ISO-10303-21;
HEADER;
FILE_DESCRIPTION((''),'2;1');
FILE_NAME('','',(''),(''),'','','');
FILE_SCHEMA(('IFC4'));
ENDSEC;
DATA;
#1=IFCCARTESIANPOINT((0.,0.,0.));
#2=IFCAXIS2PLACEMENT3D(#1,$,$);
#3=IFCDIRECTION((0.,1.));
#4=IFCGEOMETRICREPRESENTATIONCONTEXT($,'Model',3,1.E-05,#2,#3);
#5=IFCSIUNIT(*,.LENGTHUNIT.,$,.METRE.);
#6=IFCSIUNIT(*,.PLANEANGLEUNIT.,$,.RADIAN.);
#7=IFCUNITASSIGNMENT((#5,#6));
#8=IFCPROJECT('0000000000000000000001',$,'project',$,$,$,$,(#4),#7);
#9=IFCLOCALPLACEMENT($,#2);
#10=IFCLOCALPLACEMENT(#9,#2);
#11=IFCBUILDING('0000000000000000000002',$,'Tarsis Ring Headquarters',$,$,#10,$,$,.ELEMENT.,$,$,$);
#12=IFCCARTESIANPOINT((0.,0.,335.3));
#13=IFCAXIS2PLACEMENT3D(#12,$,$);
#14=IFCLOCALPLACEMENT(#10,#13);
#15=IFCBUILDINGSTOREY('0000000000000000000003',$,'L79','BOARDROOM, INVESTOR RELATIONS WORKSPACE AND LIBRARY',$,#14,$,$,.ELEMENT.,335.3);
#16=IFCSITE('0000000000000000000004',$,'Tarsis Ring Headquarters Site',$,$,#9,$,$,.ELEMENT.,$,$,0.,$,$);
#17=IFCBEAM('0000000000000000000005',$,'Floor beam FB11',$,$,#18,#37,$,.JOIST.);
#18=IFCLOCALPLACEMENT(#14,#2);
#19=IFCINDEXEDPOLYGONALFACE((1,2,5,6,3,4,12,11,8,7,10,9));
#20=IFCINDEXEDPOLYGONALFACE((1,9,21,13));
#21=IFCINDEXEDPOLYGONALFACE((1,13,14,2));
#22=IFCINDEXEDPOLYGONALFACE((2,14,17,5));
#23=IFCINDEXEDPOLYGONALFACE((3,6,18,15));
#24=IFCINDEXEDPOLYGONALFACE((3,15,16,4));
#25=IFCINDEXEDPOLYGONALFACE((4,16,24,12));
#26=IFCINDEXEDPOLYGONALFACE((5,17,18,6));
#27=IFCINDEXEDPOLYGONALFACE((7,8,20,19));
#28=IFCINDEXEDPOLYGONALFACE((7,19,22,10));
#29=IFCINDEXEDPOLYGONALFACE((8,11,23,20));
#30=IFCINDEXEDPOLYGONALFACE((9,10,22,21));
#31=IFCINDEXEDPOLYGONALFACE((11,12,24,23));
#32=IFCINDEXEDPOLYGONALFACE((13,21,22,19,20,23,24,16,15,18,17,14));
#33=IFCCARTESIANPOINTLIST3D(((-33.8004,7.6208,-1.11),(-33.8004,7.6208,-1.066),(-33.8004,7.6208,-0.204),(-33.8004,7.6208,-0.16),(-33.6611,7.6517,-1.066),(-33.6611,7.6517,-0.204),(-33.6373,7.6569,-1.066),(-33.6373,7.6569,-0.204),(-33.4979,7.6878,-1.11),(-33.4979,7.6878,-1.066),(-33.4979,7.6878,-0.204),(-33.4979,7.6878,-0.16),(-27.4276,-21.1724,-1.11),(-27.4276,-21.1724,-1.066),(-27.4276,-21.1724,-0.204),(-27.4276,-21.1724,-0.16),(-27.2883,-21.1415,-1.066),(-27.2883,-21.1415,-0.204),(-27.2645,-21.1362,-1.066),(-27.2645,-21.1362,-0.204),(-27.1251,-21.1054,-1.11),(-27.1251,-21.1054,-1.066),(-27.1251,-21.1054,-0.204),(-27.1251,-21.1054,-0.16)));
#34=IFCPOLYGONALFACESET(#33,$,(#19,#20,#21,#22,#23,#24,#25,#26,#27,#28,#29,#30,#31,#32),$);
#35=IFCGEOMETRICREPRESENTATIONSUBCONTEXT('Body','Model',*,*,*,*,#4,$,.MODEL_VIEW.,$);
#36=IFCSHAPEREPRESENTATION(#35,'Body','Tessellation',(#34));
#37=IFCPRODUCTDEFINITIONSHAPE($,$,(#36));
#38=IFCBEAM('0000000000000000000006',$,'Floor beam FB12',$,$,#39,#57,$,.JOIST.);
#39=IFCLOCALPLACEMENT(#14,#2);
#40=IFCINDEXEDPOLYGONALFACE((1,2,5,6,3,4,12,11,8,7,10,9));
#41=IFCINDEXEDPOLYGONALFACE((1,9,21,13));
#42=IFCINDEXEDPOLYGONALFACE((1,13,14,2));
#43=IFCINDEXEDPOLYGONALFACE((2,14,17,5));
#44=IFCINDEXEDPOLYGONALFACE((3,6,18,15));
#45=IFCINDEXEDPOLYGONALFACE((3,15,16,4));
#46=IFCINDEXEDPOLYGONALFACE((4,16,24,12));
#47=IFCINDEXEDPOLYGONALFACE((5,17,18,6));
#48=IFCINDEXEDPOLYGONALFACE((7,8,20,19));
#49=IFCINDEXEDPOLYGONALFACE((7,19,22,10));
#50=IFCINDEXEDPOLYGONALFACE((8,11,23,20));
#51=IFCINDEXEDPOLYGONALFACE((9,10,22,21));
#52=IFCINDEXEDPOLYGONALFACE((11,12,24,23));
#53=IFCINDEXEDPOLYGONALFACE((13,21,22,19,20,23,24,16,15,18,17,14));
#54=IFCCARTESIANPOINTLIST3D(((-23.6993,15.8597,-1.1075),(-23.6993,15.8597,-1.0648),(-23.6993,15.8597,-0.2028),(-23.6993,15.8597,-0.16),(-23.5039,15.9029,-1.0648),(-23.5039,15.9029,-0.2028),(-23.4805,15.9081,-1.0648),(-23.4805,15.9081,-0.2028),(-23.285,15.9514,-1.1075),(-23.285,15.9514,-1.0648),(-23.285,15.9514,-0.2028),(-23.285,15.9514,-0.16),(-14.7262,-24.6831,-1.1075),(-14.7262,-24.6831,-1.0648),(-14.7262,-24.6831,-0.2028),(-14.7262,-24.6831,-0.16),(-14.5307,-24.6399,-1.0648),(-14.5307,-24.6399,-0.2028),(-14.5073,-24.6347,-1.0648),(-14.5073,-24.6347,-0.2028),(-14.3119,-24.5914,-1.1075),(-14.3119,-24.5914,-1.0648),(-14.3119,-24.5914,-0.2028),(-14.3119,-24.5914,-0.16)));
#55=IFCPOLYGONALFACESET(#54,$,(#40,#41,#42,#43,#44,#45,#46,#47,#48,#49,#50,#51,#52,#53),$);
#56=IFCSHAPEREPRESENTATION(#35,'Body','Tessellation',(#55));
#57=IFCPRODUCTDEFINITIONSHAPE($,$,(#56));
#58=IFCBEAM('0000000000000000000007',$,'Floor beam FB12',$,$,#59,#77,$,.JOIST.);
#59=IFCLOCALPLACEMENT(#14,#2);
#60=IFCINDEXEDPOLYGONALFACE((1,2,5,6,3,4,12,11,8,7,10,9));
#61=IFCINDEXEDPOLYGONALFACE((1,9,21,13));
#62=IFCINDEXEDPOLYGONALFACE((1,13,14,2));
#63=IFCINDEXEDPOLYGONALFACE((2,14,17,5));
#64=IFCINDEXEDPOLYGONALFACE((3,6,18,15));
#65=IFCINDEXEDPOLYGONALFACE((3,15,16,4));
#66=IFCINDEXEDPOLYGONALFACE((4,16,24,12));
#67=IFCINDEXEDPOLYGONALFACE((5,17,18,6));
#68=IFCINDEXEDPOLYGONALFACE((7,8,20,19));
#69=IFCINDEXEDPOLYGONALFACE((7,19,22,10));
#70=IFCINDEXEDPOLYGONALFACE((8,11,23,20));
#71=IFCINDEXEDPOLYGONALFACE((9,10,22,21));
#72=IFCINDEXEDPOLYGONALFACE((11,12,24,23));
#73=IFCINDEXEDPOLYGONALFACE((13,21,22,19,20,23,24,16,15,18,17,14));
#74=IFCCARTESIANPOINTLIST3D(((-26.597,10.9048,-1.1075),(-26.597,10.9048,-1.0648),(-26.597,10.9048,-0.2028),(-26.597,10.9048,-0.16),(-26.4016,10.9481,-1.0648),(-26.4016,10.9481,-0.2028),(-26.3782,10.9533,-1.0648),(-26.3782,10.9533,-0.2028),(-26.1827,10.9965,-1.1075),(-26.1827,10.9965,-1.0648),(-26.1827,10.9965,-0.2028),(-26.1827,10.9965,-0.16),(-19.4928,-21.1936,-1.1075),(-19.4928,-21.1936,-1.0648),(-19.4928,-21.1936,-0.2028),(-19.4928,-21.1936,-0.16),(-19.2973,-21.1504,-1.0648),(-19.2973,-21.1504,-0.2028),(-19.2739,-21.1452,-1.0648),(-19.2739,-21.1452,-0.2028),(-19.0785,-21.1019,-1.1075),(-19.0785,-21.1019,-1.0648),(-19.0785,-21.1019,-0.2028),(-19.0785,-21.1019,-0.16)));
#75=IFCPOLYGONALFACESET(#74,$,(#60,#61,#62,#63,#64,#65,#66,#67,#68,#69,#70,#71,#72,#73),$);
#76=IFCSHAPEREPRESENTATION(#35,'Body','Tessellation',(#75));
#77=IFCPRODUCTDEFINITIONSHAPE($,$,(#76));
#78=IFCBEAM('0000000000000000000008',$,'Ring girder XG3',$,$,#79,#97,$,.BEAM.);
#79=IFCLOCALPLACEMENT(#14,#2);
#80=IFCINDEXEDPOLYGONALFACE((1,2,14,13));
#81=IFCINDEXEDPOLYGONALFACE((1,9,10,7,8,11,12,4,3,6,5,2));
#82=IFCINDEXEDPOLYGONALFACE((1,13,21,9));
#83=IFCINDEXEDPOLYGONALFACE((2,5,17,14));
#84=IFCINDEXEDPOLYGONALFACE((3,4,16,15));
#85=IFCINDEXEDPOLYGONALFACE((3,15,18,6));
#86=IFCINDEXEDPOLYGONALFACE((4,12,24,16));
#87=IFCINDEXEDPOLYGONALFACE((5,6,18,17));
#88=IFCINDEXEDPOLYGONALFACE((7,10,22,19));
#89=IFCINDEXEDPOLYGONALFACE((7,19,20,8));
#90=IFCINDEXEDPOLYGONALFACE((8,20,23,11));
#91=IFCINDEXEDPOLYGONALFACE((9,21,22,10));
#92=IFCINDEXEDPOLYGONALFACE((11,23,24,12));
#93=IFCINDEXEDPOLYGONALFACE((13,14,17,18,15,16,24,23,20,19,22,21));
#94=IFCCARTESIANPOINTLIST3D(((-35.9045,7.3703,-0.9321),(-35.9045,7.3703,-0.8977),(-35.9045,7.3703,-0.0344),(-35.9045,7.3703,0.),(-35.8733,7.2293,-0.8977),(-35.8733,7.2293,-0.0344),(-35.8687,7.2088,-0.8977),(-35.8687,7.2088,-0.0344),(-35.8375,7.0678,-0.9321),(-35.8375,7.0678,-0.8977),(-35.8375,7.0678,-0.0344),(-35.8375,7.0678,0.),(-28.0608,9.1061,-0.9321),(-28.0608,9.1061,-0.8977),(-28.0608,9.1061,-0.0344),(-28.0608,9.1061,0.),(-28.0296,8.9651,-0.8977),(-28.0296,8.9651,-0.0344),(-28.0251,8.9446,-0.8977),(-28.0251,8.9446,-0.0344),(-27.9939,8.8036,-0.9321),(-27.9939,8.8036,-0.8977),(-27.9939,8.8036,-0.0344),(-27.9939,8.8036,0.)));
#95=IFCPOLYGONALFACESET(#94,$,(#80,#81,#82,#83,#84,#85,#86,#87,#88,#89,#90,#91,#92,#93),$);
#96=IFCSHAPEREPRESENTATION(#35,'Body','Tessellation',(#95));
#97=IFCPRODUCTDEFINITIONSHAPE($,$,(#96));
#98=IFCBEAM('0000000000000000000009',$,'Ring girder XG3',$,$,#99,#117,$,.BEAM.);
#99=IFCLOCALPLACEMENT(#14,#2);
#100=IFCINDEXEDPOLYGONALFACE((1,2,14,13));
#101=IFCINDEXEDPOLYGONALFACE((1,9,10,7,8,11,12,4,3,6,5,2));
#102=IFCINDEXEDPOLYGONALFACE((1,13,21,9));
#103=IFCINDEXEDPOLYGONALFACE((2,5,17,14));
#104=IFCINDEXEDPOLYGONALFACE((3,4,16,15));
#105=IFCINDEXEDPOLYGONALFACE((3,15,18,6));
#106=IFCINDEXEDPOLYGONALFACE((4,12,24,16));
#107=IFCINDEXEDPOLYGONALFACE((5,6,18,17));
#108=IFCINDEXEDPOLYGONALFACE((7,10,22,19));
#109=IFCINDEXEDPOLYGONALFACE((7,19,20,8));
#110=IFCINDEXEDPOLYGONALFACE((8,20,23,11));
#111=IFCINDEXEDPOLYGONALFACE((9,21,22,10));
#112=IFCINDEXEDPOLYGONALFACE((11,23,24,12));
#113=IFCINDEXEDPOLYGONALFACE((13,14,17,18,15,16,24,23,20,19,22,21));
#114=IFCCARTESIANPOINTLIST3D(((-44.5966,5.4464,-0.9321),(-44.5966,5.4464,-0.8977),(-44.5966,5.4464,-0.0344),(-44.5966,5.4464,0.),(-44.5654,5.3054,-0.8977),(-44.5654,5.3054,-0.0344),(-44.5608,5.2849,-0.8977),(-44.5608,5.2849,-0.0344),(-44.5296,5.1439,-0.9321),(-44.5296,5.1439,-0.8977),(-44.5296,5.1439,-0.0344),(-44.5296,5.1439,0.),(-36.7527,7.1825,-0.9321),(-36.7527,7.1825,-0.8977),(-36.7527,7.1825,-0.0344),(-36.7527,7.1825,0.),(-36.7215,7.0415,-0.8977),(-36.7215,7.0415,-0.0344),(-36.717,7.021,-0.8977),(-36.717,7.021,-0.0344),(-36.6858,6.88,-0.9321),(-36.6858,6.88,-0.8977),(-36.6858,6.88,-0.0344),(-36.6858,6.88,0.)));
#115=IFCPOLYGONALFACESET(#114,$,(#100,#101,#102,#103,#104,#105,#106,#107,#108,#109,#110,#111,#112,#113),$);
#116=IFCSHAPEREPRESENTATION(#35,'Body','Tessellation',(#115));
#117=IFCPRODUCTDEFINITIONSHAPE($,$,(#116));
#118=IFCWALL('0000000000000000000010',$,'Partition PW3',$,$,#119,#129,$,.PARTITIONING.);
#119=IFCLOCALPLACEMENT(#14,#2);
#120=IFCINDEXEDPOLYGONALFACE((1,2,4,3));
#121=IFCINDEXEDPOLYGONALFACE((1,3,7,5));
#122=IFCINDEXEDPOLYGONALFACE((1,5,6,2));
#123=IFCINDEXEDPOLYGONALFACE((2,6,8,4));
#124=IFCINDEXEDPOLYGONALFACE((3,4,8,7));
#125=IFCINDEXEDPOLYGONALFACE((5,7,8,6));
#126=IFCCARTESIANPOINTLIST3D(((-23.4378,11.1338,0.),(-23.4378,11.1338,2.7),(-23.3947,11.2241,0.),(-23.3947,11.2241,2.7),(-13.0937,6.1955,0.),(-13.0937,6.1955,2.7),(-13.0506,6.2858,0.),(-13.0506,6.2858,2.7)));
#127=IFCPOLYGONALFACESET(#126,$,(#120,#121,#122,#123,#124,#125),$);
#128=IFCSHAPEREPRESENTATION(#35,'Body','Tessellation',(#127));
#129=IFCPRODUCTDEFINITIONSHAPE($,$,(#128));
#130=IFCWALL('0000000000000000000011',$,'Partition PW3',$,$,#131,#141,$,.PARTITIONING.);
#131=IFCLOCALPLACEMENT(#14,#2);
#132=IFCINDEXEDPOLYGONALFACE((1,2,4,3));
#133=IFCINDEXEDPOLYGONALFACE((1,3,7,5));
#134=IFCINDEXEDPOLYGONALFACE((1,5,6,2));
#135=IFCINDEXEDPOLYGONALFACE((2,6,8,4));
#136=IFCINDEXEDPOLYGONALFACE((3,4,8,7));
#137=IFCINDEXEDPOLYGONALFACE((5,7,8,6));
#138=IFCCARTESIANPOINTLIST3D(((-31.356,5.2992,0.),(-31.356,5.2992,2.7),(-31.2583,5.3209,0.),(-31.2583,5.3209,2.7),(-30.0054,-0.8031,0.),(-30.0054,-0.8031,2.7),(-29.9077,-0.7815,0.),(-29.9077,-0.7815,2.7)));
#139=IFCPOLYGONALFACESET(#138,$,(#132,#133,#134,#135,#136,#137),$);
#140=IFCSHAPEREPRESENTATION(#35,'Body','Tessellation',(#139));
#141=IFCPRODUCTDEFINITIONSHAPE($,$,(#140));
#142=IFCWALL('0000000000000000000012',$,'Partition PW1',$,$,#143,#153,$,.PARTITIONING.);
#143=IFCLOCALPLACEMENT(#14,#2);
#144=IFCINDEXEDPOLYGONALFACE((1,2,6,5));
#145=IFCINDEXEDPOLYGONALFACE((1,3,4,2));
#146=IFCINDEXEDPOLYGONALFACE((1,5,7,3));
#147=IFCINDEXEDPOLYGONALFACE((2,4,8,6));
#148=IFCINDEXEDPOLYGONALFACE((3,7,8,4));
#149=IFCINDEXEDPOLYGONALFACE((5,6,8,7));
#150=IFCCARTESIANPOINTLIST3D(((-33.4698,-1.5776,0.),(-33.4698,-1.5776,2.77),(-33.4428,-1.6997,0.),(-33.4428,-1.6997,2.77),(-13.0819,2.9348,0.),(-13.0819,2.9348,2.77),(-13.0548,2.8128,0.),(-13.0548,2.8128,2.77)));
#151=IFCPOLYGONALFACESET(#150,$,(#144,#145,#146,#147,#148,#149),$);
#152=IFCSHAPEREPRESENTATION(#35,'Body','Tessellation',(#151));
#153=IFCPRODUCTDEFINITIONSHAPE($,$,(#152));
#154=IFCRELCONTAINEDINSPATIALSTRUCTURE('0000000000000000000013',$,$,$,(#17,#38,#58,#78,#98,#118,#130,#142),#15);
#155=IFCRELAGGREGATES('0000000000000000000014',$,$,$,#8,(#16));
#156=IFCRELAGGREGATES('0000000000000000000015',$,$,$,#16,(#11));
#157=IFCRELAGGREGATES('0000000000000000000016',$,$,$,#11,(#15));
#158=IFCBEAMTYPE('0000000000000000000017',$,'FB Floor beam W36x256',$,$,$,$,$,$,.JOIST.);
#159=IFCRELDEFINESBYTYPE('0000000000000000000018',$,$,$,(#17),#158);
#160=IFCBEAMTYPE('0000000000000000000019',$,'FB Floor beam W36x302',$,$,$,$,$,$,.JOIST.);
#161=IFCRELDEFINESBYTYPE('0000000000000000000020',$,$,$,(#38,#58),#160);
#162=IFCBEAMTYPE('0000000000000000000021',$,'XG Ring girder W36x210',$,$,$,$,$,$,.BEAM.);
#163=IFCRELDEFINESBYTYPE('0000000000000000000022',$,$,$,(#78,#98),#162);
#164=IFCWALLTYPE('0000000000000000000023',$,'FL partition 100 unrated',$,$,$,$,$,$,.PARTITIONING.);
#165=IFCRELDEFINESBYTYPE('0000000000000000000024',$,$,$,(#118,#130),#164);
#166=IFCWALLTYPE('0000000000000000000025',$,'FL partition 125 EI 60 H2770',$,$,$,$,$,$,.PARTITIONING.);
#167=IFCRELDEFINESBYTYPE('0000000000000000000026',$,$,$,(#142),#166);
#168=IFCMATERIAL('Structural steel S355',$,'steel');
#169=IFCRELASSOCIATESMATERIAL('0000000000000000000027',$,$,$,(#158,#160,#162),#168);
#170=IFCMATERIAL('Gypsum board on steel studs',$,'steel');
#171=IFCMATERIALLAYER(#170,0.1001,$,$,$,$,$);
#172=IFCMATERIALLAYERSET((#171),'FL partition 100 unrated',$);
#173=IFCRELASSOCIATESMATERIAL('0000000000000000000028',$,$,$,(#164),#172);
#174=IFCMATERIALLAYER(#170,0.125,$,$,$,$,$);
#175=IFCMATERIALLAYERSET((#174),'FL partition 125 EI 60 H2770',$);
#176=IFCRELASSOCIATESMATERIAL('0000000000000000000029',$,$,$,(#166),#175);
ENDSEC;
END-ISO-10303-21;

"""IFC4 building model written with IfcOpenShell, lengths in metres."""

from ifc_helpers import new_model, si_unit, direction, frame, frame_2d, origin, origin_2d, place, context, subcontext, project, spatial, rectangle, i_section, extrude, material, layer, layer_set, material_profile, profile_set, type_object, element, save


model = new_model("IFC4")

# Units and contexts
model_context = context("Model", 3, precision=1e-05, world=origin(), true_north=direction((0.0, 1.0)))
body_context = subcontext(model_context, "Body", "Model", "MODEL_VIEW")
ifc_project = project(units=[si_unit("LENGTHUNIT", "METRE"), si_unit("PLANEANGLEUNIT", "RADIAN")], contexts=[model_context])

# Site, building, storey
site_placement = place(None, origin())
site = spatial("IfcSite", under=ifc_project, at=site_placement, Name="Tarsis Ring Headquarters Site", CompositionType="ELEMENT", RefElevation=0.0)
building_placement = place(site_placement, origin())
building = spatial("IfcBuilding", under=site, at=building_placement, Name="Tarsis Ring Headquarters", CompositionType="ELEMENT")
storey_placement = place(building_placement, frame((0.0, 0.0, 335.3)))
storey = spatial("IfcBuildingStorey", under=building, at=storey_placement, Name="L79", Description="BOARDROOM, INVESTOR RELATIONS WORKSPACE AND LIBRARY", CompositionType="ELEMENT", Elevation=335.3)

# Shared definitions
ifc_material_1 = material(Name="Structural steel S355", Category="steel")

# Beams
ifc_material_profile_1 = material_profile(ifc_material_1, i_section(OverallWidth=0.3098, OverallDepth=0.95, WebThickness=0.0244, FlangeThickness=0.0439, at=origin_2d()), Name="W36x256")
ifc_profile_set_1 = profile_set([ifc_material_profile_1], Name="Structural steel S355")
beam_type_1 = type_object("IfcBeamType", Name="FB Floor beam W36x256", PredefinedType="JOIST", material=ifc_profile_set_1)
for number, where, z_axis, x_axis, name in (
    (1, (-33.6492, 7.6543, -0.635), (0.2161, -0.976371, 0.0), (0.976371, 0.2161, 0.0), "Floor beam FB11"),
):
    element("IfcBeam", number, at=place(storey_placement, frame(where, z_axis=z_axis, x_axis=x_axis)), inside=storey, type_object=beam_type_1, Name=name, PredefinedType="JOIST", context=body_context, shape_type="SweptSolid", body=[
        extrude(i_section(OverallWidth=0.3098, OverallDepth=0.95, WebThickness=0.0244, FlangeThickness=0.0439, at=origin_2d()), origin(), (0.0, 0.0, 1.0), 29.49),
    ])
ifc_material_profile_2 = material_profile(ifc_material_1, i_section(OverallWidth=0.4243, OverallDepth=0.9475, WebThickness=0.0239, FlangeThickness=0.0427, at=origin_2d()), Name="W36x302")
ifc_profile_set_2 = profile_set([ifc_material_profile_2], Name="Structural steel S355")
beam_type_2 = type_object("IfcBeamType", Name="FB Floor beam W36x302", PredefinedType="JOIST", material=ifc_profile_set_2)
beam_1_placement = place(storey_placement, frame((-23.4922, 15.9055, -0.6338), z_axis=(0.216096, -0.976372, 0.0), x_axis=(0.976372, 0.216096, 0.0)))
element("IfcBeam", 2, at=beam_1_placement, inside=storey, type_object=beam_type_2, Name="Floor beam FB12", PredefinedType="JOIST", context=body_context, shape_type="SweptSolid", body=[
    extrude(i_section(OverallWidth=0.4243, OverallDepth=0.9475, WebThickness=0.0239, FlangeThickness=0.0427, at=origin_2d()), origin(), (0.0, 0.0, 1.0), 41.5239),
])
beam_2_placement = place(storey_placement, frame((-26.3899, 10.9507, -0.6338), z_axis=(0.216098, -0.976372, 0.0), x_axis=(0.976372, 0.216098, 0.0)))
element("IfcBeam", 3, at=beam_2_placement, inside=storey, type_object=beam_type_2, Name="Floor beam FB12", PredefinedType="JOIST", context=body_context, shape_type="SweptSolid", body=[
    extrude(i_section(OverallWidth=0.4243, OverallDepth=0.9475, WebThickness=0.0239, FlangeThickness=0.0427, at=origin_2d()), origin(), (0.0, 0.0, 1.0), 32.8752),
])
ifc_material_profile_3 = material_profile(ifc_material_1, i_section(OverallWidth=0.3098, OverallDepth=0.9321, WebThickness=0.021, FlangeThickness=0.0344, at=origin_2d()), Name="W36x210")
ifc_profile_set_3 = profile_set([ifc_material_profile_3], Name="Structural steel S355")
beam_type_3 = type_object("IfcBeamType", Name="XG Ring girder W36x210", PredefinedType="BEAM", material=ifc_profile_set_3)
beam_3_placement = place(storey_placement, frame((-28.0273, 8.9548, -0.4661), z_axis=(-0.976377, -0.216074, 0.0), x_axis=(0.216074, -0.976377, 0.0)))
element("IfcBeam", 4, at=beam_3_placement, inside=storey, type_object=beam_type_3, Name="Ring girder XG3", PredefinedType="BEAM", context=body_context, shape_type="SweptSolid", body=[
    extrude(i_section(OverallWidth=0.3098, OverallDepth=0.9321, WebThickness=0.021, FlangeThickness=0.0344, at=origin_2d()), origin(), (0.0, 0.0, 1.0), 8.0334),
])
beam_4_placement = place(storey_placement, frame((-36.7192, 7.0312, -0.4661), z_axis=(-0.97637, -0.216103, 0.0), x_axis=(0.216103, -0.97637, 0.0)))
element("IfcBeam", 5, at=beam_4_placement, inside=storey, type_object=beam_type_3, Name="Ring girder XG3", PredefinedType="BEAM", context=body_context, shape_type="SweptSolid", body=[
    extrude(i_section(OverallWidth=0.3098, OverallDepth=0.9321, WebThickness=0.021, FlangeThickness=0.0344, at=origin_2d()), origin(), (0.0, 0.0, 1.0), 8.0337),
])

# Walls
ifc_material_2 = material(Name="Gypsum board on steel studs", Category="steel")
ifc_layer_1 = layer(ifc_material_2, 0.1001)
ifc_layer_set_1 = layer_set([ifc_layer_1], Name="FL partition 100 unrated")
wall_type_1 = type_object("IfcWallType", Name="FL partition 100 unrated", PredefinedType="PARTITIONING", material=ifc_layer_set_1)
wall_1_placement = place(storey_placement, frame((-23.4163, 11.179, 0.0), z_axis=(0.0, 0.0, 1.0), x_axis=(0.902436, -0.430824, 0.0)))
element("IfcWall", 6, at=wall_1_placement, inside=storey, type_object=wall_type_1, Name="Partition PW3", PredefinedType="PARTITIONING", context=body_context, shape_type="SweptSolid", body=[
    extrude(rectangle(XDim=11.4624, YDim=0.1001, at=frame_2d((5.7312, 0.0))), origin(), (0.0, 0.0, 1.0), 2.7),
])
wall_2_placement = place(storey_placement, frame((-31.3071, 5.3101, 0.0), z_axis=(0.0, 0.0, 1.0), x_axis=(0.216095, -0.976372, 0.0)))
element("IfcWall", 7, at=wall_2_placement, inside=storey, type_object=wall_type_1, Name="Partition PW3", PredefinedType="PARTITIONING", context=body_context, shape_type="SweptSolid", body=[
    extrude(rectangle(XDim=6.25, YDim=0.1001, at=frame_2d((3.125, 0.0))), origin(), (0.0, 0.0, 1.0), 2.7),
])
ifc_layer_2 = layer(ifc_material_2, 0.125)
ifc_layer_set_2 = layer_set([ifc_layer_2], Name="FL partition 125 EI 60 H2770")
wall_type_2 = type_object("IfcWallType", Name="FL partition 125 EI 60 H2770", PredefinedType="PARTITIONING", material=ifc_layer_set_2)
wall_3_placement = place(storey_placement, frame((-33.4563, -1.6387, 0.0), z_axis=(0.0, 0.0, 1.0), x_axis=(0.976371, 0.2161, 0.0)))
element("IfcWall", 8, at=wall_3_placement, inside=storey, type_object=wall_type_2, Name="Partition PW1", PredefinedType="PARTITIONING", context=body_context, shape_type="SweptSolid", body=[
    extrude(rectangle(XDim=20.8813, YDim=0.125, at=frame_2d((10.4407, 0.0))), origin(), (0.0, 0.0, 1.0), 2.77),
])

save(model, "model.ifc")
